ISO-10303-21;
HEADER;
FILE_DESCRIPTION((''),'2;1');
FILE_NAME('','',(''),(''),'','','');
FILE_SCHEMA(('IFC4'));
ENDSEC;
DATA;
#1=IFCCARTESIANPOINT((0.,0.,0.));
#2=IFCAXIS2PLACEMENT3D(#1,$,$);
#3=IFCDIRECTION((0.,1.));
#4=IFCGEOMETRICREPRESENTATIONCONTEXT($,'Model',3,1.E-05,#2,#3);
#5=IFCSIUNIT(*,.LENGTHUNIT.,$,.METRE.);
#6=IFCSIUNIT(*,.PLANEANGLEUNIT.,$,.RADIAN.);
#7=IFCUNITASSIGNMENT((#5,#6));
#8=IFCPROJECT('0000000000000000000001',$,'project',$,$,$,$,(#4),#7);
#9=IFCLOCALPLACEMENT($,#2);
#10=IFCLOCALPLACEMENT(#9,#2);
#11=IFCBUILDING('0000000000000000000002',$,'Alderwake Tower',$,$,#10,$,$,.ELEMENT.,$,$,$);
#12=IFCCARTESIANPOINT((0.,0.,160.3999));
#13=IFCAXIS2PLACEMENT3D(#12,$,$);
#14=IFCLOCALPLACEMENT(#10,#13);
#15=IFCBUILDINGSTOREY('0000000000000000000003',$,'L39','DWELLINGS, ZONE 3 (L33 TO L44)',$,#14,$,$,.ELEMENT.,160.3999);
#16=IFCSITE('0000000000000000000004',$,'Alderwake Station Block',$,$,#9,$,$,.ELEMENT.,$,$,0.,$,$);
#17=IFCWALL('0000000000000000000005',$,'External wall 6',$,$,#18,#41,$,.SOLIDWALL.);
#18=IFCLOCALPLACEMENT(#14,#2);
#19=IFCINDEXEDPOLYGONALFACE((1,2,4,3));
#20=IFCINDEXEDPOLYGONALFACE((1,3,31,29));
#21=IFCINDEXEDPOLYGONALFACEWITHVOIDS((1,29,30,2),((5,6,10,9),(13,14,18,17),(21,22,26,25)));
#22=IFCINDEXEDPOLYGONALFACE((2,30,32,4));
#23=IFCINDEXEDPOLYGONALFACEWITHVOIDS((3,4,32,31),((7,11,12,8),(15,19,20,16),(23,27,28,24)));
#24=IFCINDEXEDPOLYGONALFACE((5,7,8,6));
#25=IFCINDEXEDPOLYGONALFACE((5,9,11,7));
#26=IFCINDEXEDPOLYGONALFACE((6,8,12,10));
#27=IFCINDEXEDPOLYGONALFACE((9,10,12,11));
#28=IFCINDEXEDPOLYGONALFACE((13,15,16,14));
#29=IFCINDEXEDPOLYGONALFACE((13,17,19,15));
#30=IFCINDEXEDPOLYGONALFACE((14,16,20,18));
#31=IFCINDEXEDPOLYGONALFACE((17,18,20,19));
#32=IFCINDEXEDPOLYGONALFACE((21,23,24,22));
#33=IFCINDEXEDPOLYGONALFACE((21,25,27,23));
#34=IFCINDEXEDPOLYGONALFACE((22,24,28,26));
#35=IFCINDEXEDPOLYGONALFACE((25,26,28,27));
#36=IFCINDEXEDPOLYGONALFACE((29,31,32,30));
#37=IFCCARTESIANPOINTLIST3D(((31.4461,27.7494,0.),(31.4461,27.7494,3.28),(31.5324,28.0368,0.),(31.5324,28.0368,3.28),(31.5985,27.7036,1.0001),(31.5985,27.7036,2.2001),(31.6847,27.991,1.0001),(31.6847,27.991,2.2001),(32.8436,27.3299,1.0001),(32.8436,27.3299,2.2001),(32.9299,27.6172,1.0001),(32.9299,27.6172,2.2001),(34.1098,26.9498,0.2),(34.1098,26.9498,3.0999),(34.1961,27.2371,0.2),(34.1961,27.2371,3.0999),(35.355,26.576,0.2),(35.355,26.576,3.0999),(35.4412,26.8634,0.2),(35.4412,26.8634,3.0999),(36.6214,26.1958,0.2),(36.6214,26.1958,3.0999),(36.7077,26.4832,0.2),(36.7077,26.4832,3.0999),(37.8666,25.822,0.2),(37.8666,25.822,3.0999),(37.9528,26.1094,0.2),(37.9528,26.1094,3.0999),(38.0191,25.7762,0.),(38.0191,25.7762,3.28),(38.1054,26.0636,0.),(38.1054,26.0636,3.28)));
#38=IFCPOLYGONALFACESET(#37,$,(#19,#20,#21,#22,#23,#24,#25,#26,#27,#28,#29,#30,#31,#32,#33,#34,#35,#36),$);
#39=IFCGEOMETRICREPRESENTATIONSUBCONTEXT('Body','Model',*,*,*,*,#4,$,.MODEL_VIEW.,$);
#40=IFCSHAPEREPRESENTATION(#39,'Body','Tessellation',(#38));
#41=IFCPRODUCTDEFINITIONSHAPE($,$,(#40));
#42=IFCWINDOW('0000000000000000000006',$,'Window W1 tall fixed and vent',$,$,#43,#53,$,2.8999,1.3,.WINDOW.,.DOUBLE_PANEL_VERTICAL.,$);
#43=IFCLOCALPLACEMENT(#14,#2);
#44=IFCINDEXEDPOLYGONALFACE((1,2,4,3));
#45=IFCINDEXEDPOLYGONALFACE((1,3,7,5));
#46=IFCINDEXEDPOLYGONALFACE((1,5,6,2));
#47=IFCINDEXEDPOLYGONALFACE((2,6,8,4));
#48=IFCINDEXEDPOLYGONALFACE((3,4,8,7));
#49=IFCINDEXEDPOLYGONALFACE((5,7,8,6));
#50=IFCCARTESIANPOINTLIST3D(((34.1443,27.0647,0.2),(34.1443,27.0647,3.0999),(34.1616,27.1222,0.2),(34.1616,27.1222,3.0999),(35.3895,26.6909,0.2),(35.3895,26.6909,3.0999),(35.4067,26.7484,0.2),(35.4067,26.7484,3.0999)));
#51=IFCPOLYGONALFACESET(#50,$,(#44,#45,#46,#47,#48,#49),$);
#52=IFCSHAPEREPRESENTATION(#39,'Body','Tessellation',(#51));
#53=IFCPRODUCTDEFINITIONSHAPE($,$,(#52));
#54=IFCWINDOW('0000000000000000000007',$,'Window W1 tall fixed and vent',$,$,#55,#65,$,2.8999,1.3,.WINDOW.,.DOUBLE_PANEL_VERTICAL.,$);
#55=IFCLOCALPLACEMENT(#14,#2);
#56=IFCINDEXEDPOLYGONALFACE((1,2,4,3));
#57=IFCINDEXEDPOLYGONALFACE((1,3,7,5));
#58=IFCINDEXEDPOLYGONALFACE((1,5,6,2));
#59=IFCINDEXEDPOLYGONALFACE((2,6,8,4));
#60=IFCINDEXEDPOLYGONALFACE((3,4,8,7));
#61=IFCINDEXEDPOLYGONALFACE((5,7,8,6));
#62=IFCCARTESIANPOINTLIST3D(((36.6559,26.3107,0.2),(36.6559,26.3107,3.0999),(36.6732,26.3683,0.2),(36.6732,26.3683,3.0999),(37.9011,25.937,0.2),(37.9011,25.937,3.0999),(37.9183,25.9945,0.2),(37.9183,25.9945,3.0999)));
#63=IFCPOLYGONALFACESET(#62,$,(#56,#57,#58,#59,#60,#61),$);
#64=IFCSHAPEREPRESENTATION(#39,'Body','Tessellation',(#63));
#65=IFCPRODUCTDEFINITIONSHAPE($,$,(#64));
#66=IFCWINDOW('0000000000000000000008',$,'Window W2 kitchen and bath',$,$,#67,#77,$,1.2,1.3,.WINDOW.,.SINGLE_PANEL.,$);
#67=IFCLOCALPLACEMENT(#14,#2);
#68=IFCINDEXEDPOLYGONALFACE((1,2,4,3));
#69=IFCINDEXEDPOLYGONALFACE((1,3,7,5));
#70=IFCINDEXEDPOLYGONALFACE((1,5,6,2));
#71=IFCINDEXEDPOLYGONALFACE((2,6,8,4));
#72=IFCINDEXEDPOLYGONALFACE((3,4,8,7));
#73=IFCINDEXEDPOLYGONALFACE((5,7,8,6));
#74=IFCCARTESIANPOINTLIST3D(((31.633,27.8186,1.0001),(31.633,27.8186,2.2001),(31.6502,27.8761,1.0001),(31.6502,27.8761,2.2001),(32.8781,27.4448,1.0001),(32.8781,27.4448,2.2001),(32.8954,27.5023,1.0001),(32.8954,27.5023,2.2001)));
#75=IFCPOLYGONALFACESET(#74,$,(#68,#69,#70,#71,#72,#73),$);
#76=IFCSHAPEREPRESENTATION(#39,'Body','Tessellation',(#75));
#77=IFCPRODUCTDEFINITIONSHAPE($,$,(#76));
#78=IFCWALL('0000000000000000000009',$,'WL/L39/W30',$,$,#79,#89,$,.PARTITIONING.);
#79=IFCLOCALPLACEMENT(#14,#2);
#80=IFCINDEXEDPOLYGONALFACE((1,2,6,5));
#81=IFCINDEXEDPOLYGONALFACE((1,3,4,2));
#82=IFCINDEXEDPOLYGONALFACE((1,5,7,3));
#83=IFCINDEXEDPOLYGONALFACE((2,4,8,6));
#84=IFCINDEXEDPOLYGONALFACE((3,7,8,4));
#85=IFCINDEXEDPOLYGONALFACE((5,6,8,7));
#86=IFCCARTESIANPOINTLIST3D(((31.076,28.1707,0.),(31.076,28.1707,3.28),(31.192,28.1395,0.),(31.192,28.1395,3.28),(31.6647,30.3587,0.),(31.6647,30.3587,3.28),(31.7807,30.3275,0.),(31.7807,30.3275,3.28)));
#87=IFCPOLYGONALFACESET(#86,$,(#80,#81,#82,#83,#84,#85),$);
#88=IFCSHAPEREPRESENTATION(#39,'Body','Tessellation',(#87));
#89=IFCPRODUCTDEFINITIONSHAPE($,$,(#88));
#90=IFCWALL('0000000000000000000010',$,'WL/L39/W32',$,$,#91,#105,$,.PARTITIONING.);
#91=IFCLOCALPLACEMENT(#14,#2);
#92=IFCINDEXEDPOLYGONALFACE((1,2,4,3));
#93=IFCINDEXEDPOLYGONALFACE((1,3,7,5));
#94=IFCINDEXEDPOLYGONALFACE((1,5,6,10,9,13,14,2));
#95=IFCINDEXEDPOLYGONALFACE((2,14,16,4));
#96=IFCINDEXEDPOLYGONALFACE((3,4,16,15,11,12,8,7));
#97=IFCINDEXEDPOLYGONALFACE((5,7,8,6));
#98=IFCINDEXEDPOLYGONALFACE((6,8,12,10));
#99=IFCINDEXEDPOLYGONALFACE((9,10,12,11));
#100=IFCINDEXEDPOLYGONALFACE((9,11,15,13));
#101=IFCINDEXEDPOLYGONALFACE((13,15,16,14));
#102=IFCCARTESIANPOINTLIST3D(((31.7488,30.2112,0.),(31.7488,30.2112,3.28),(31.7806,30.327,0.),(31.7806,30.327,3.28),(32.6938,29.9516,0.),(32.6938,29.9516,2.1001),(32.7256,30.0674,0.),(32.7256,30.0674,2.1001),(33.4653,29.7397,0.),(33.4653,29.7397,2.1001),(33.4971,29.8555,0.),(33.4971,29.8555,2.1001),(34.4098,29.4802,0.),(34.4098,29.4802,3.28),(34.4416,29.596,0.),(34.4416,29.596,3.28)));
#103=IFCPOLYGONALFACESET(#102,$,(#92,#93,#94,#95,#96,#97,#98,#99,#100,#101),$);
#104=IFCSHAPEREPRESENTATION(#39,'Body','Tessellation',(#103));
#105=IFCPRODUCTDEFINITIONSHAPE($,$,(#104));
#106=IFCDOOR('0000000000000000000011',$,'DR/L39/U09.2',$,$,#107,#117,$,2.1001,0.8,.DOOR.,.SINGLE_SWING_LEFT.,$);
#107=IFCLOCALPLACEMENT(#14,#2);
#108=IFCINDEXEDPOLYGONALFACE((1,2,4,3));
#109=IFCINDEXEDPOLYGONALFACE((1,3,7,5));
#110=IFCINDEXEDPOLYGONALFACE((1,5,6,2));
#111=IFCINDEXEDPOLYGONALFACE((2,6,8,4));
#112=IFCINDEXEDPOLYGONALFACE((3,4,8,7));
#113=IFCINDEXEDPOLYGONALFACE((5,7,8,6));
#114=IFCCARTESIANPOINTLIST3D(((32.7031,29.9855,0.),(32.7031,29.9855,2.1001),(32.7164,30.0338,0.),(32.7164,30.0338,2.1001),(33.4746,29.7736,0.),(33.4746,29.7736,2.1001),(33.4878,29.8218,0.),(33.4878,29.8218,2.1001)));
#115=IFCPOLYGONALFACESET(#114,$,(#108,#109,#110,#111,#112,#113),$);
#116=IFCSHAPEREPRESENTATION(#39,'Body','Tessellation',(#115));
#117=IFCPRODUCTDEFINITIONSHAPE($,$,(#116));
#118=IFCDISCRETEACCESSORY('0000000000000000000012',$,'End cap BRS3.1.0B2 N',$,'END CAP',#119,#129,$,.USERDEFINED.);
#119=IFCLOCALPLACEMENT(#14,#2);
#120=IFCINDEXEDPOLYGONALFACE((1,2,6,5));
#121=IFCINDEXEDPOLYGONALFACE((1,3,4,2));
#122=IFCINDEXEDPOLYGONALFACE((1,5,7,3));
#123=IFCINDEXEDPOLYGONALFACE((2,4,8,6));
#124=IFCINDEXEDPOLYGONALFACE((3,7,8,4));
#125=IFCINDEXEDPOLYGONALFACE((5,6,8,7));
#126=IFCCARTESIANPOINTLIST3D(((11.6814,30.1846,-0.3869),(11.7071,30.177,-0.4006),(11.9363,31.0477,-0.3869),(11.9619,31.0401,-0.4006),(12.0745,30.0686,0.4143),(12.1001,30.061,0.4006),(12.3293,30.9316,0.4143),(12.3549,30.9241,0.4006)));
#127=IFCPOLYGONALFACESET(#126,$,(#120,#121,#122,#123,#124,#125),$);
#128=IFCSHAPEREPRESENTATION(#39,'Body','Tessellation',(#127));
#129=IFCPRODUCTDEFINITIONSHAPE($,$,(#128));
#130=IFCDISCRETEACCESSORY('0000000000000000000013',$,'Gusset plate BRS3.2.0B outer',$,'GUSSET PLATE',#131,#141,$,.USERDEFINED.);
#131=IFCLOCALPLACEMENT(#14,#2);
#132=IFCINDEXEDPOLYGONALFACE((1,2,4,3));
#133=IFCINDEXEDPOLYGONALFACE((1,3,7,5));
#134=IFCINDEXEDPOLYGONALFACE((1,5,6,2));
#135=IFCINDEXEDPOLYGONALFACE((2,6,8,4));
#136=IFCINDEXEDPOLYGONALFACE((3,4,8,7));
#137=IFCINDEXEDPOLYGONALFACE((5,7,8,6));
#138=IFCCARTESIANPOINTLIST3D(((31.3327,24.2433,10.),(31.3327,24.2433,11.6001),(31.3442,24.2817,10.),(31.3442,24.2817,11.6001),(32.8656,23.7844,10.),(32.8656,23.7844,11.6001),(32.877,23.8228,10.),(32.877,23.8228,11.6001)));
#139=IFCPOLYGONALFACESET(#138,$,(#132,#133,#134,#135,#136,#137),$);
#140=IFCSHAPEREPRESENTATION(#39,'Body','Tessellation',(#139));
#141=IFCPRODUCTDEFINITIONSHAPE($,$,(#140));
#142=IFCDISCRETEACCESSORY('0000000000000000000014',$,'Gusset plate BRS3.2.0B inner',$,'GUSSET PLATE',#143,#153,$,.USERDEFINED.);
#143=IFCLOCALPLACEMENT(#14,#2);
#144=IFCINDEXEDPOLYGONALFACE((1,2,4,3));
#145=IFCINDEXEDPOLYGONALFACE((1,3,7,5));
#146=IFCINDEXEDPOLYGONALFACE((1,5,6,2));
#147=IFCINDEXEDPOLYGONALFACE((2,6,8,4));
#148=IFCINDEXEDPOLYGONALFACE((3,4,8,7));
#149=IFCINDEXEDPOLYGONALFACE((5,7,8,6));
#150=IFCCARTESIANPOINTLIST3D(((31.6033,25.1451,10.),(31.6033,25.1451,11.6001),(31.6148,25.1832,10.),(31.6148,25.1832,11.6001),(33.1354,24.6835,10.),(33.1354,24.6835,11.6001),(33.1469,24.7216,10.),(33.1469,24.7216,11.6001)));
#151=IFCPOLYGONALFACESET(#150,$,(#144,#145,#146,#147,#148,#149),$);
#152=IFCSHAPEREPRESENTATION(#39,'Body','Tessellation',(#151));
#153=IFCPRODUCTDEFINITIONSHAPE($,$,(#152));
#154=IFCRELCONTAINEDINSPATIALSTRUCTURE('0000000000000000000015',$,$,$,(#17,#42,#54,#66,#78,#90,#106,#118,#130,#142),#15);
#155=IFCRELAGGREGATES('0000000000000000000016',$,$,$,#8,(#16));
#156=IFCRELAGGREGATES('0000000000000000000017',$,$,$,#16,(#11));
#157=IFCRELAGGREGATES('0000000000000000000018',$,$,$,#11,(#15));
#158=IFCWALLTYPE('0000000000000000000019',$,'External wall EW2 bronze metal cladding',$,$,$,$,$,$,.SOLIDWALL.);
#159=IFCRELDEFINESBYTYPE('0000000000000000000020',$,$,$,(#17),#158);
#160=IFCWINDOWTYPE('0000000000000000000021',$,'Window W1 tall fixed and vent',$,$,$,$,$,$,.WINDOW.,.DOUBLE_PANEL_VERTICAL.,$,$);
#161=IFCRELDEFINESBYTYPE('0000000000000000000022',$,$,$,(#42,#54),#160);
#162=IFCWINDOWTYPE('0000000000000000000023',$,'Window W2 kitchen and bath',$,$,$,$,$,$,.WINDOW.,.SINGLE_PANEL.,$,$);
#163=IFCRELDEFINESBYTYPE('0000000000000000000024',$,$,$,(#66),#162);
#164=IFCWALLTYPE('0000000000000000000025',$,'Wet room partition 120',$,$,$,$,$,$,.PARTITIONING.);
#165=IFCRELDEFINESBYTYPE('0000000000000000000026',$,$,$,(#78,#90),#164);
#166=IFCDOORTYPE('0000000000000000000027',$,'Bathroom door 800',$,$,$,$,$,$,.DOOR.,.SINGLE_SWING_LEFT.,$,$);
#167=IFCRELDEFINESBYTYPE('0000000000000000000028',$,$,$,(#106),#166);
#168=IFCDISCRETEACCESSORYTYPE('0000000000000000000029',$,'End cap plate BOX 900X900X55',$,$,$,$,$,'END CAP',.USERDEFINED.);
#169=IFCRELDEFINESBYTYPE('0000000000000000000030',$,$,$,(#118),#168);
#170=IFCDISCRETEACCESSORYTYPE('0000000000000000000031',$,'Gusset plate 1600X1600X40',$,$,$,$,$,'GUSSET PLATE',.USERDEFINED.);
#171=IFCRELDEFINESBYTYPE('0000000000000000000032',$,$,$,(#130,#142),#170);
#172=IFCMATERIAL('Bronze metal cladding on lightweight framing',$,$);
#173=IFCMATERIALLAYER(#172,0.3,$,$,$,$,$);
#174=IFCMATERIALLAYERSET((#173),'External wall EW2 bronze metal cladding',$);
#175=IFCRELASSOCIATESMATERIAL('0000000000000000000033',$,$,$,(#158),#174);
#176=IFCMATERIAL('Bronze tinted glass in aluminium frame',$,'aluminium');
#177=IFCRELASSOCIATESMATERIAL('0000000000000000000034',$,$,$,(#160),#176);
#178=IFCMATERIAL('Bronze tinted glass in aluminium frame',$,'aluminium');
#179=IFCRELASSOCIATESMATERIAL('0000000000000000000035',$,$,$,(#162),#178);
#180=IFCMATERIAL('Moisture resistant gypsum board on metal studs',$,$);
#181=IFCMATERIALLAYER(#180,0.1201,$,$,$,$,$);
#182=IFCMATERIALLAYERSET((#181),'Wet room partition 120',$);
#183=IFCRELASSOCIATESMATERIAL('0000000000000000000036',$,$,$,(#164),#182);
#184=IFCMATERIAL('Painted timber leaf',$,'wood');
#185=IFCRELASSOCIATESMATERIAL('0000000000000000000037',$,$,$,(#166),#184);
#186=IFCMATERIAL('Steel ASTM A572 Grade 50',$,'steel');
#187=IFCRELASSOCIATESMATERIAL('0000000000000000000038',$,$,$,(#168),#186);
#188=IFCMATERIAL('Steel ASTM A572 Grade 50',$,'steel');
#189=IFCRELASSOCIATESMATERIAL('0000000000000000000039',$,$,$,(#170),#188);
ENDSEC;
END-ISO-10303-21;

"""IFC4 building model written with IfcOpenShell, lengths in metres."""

from ifc_helpers import new_model, si_unit, direction, frame, frame_2d, origin, origin_2d, place, context, subcontext, project, spatial, rectangle, extrude, material, layer, layer_set, material_profile, profile_set, type_object, element, fill, save


model = new_model("IFC4")

# Units and contexts
model_context = context("Model", 3, precision=1e-05, world=origin(), true_north=direction((0.0, 1.0)))
body_context = subcontext(model_context, "Body", "Model", "MODEL_VIEW")
ifc_project = project(units=[si_unit("LENGTHUNIT", "METRE"), si_unit("PLANEANGLEUNIT", "RADIAN")], contexts=[model_context])

# Site, building, storey
site_placement = place(None, origin())
site = spatial("IfcSite", under=ifc_project, at=site_placement, Name="Alderwake Station Block", CompositionType="ELEMENT", RefElevation=0.0)
building_placement = place(site_placement, origin())
building = spatial("IfcBuilding", under=site, at=building_placement, Name="Alderwake Tower", CompositionType="ELEMENT")
storey_placement = place(building_placement, frame((0.0, 0.0, 160.3999)))
storey = spatial("IfcBuildingStorey", under=building, at=storey_placement, Name="L39", Description="DWELLINGS, ZONE 3 (L33 TO L44)", CompositionType="ELEMENT", Elevation=160.3999)

# Wall, openings, windows
ifc_material_1 = material(Name="Bronze metal cladding on lightweight framing")
ifc_layer_1 = layer(ifc_material_1, 0.3)
ifc_layer_set_1 = layer_set([ifc_layer_1], Name="External wall EW2 bronze metal cladding")
wall_type_1 = type_object("IfcWallType", Name="External wall EW2 bronze metal cladding", PredefinedType="SOLIDWALL", material=ifc_layer_set_1)
ifc_material_2 = material(Name="Bronze tinted glass in aluminium frame", Category="aluminium")
window_type_1 = type_object("IfcWindowType", Name="Window W1 tall fixed and vent", PartitioningType="DOUBLE_PANEL_VERTICAL", PredefinedType="WINDOW", material=ifc_material_2)
wall_1_placement = place(storey_placement, frame((31.4893, 27.8931, 0.0), z_axis=(0.0, 0.0, 1.0), x_axis=(0.957776, -0.287514, 0.0)))
wall_1 = element("IfcWall", 1, at=wall_1_placement, inside=storey, type_object=wall_type_1, Name="External wall 6", PredefinedType="SOLIDWALL", context=body_context, shape_type="SweptSolid", body=[
    extrude(rectangle(XDim=6.8628, YDim=0.3, at=frame_2d((3.4314, 0.0))), origin(), (0.0, 0.0, 1.0), 3.28),
])
opening_1_placement = place(wall_1_placement, frame((0.1592, 0.0, 1.0)))
opening_1 = element("IfcOpeningElement", 2, at=opening_1_placement, cuts=wall_1, PredefinedType="OPENING", context=body_context, shape_type="SweptSolid", body=[
    extrude(rectangle(XDim=1.3, YDim=1.2, at=frame_2d((0.6499, 0.6001))), frame((0.0, 0.1599, 0.0), z_axis=(0.0, -1.0, 0.0), x_axis=(1.0, 0.0, 0.0)), (0.0, 0.0, 1.0), 0.3201),
])
opening_2_placement = place(wall_1_placement, frame((2.7812, 0.0, 0.2)))
opening_2 = element("IfcOpeningElement", 3, at=opening_2_placement, cuts=wall_1, PredefinedType="OPENING", context=body_context, shape_type="SweptSolid", body=[
    extrude(rectangle(XDim=1.3, YDim=2.8999, at=frame_2d((0.6499, 1.45))), frame((0.0, 0.1599, 0.0), z_axis=(0.0, -1.0, 0.0), x_axis=(1.0, 0.0, 0.0)), (0.0, 0.0, 1.0), 0.3201),
])
opening_3_placement = place(wall_1_placement, frame((5.4036, 0.0, 0.2)))
opening_3 = element("IfcOpeningElement", 4, at=opening_3_placement, cuts=wall_1, PredefinedType="OPENING", context=body_context, shape_type="SweptSolid", body=[
    extrude(rectangle(XDim=1.3, YDim=2.8999, at=frame_2d((0.6499, 1.45))), frame((0.0, 0.1599, 0.0), z_axis=(0.0, -1.0, 0.0), x_axis=(1.0, 0.0, 0.0)), (0.0, 0.0, 1.0), 0.3201),
])
window_1_placement = place(opening_2_placement, origin())
window_1 = element("IfcWindow", 5, at=window_1_placement, inside=storey, type_object=window_type_1, Name="Window W1 tall fixed and vent", OverallHeight=2.8999, OverallWidth=1.3, PartitioningType="DOUBLE_PANEL_VERTICAL", PredefinedType="WINDOW", context=body_context, shape_type="SweptSolid", body=[
    extrude(rectangle(XDim=1.3, YDim=2.8999, at=frame_2d((0.6499, 1.45))), frame((0.0, 0.03, 0.0), z_axis=(0.0, -1.0, 0.0), x_axis=(1.0, 0.0, 0.0)), (0.0, 0.0, 1.0), 0.0601),
])
fill(opening_2, window_1)
window_2_placement = place(opening_3_placement, origin())
window_2 = element("IfcWindow", 6, at=window_2_placement, inside=storey, type_object=window_type_1, Name="Window W1 tall fixed and vent", OverallHeight=2.8999, OverallWidth=1.3, PartitioningType="DOUBLE_PANEL_VERTICAL", PredefinedType="WINDOW", context=body_context, shape_type="SweptSolid", body=[
    extrude(rectangle(XDim=1.3, YDim=2.8999, at=frame_2d((0.6499, 1.45))), frame((0.0, 0.03, 0.0), z_axis=(0.0, -1.0, 0.0), x_axis=(1.0, 0.0, 0.0)), (0.0, 0.0, 1.0), 0.0601),
])
fill(opening_3, window_2)
ifc_material_3 = material(Name="Bronze tinted glass in aluminium frame", Category="aluminium")
window_type_2 = type_object("IfcWindowType", Name="Window W2 kitchen and bath", PartitioningType="SINGLE_PANEL", PredefinedType="WINDOW", material=ifc_material_3)
window_3_placement = place(opening_1_placement, origin())
window_3 = element("IfcWindow", 7, at=window_3_placement, inside=storey, type_object=window_type_2, Name="Window W2 kitchen and bath", OverallHeight=1.2, OverallWidth=1.3, PartitioningType="SINGLE_PANEL", PredefinedType="WINDOW", context=body_context, shape_type="SweptSolid", body=[
    extrude(rectangle(XDim=1.3, YDim=1.2, at=frame_2d((0.6499, 0.6001))), frame((0.0, 0.03, 0.0), z_axis=(0.0, -1.0, 0.0), x_axis=(1.0, 0.0, 0.0)), (0.0, 0.0, 1.0), 0.0601),
])
fill(opening_1, window_3)

# Wall
ifc_material_4 = material(Name="Moisture resistant gypsum board on metal studs")
ifc_layer_2 = layer(ifc_material_4, 0.1201)
ifc_layer_set_2 = layer_set([ifc_layer_2], Name="Wet room partition 120")
wall_type_2 = type_object("IfcWallType", Name="Wet room partition 120", PredefinedType="PARTITIONING", material=ifc_layer_set_2)
wall_2_placement = place(storey_placement, frame((31.7227, 30.343, 0.0), z_axis=(0.0, 0.0, 1.0), x_axis=(-0.259788, -0.965666, 0.0)))
element("IfcWall", 8, at=wall_2_placement, inside=storey, type_object=wall_type_2, Name="WL/L39/W30", PredefinedType="PARTITIONING", context=body_context, shape_type="SweptSolid", body=[
    extrude(rectangle(XDim=2.2659, YDim=0.1201, at=frame_2d((1.1328, 0.0))), origin(), (0.0, 0.0, 1.0), 3.28),
])

# Wall, opening, door
wall_3_placement = place(storey_placement, frame((34.4258, 29.5381, 0.0), z_axis=(0.0, 0.0, 1.0), x_axis=(-0.964278, 0.264891, 0.0)))
wall_3 = element("IfcWall", 9, at=wall_3_placement, inside=storey, type_object=wall_type_2, Name="WL/L39/W32", PredefinedType="PARTITIONING", context=body_context, shape_type="SweptSolid", body=[
    extrude(rectangle(XDim=2.7595, YDim=0.1201, at=frame_2d((1.3799, 0.0))), origin(), (0.0, 0.0, 1.0), 3.28),
])
opening_4_placement = place(wall_3_placement, frame((0.9797, 0.0, 0.0)))
opening_4 = element("IfcOpeningElement", 10, at=opening_4_placement, cuts=wall_3, PredefinedType="OPENING", context=body_context, shape_type="SweptSolid", body=[
    extrude(rectangle(XDim=0.8, YDim=2.1001, at=frame_2d((0.3999, 1.05))), frame((0.0, 0.0701, 0.0), z_axis=(0.0, -1.0, 0.0), x_axis=(1.0, 0.0, 0.0)), (0.0, 0.0, 1.0), 0.1401),
])
ifc_material_5 = material(Name="Painted timber leaf", Category="wood")
door_type_1 = type_object("IfcDoorType", Name="Bathroom door 800", OperationType="SINGLE_SWING_LEFT", PredefinedType="DOOR", material=ifc_material_5)
door_1_placement = place(opening_4_placement, origin())
door_1 = element("IfcDoor", 11, at=door_1_placement, inside=storey, type_object=door_type_1, Name="DR/L39/U09.2", OperationType="SINGLE_SWING_LEFT", OverallHeight=2.1001, OverallWidth=0.8, PredefinedType="DOOR", context=body_context, shape_type="SweptSolid", body=[
    extrude(rectangle(XDim=0.8, YDim=2.1001, at=frame_2d((0.3999, 1.05))), frame((0.0, 0.0249, 0.0), z_axis=(0.0, -1.0, 0.0), x_axis=(1.0, 0.0, 0.0)), (0.0, 0.0, 1.0), 0.05),
])
fill(opening_4, door_1)

# Discrete accessories
ifc_material_6 = material(Name="Steel ASTM A572 Grade 50", Category="steel")
ifc_material_profile_1 = material_profile(ifc_material_6, rectangle(XDim=0.8999, YDim=0.8999, at=origin_2d()), Name="BOX 900X900X55 cap")
ifc_profile_set_1 = profile_set([ifc_material_profile_1], Name="Steel ASTM A572 Grade 50")
discrete_accessory_type_1 = type_object("IfcDiscreteAccessoryType", Name="End cap plate BOX 900X900X55", ElementType="END CAP", PredefinedType="USERDEFINED", material=ifc_profile_set_1)
discrete_accessory_1_placement = place(storey_placement, frame((12.031, 30.5505, 0.0), z_axis=(-0.853856, 0.252091, 0.45539), x_axis=(-0.283155, -0.959074, 0.0)))
element("IfcDiscreteAccessory", 12, at=discrete_accessory_1_placement, inside=storey, type_object=discrete_accessory_type_1, Name="End cap BRS3.1.0B2 N", ObjectType="END CAP", PredefinedType="USERDEFINED", context=body_context, shape_type="SweptSolid", body=[
    extrude(rectangle(XDim=0.8999, YDim=0.8999, at=origin_2d()), origin(), (0.0, 0.0, 1.0), 0.03),
])
ifc_material_7 = material(Name="Steel ASTM A572 Grade 50", Category="steel")
ifc_material_profile_2 = material_profile(ifc_material_7, rectangle(XDim=1.6001, YDim=1.6001, at=origin_2d()), Name="gusset 1600X1600")
ifc_profile_set_2 = profile_set([ifc_material_profile_2], Name="Steel ASTM A572 Grade 50")
discrete_accessory_type_2 = type_object("IfcDiscreteAccessoryType", Name="Gusset plate 1600X1600X40", ElementType="GUSSET PLATE", PredefinedType="USERDEFINED", material=ifc_profile_set_2)
discrete_accessory_2_placement = place(storey_placement, frame((32.1106, 24.0522, 10.8), z_axis=(-0.286788, -0.957994, 0.0), x_axis=(0.957994, -0.286788, 0.0)))
element("IfcDiscreteAccessory", 13, at=discrete_accessory_2_placement, inside=storey, type_object=discrete_accessory_type_2, Name="Gusset plate BRS3.2.0B outer", ObjectType="GUSSET PLATE", PredefinedType="USERDEFINED", context=body_context, shape_type="SweptSolid", body=[
    extrude(rectangle(XDim=1.6001, YDim=1.6001, at=origin_2d()), origin(), (0.0, 0.0, 1.0), 0.04),
])
discrete_accessory_3_placement = place(storey_placement, frame((32.3694, 24.9143, 10.8), z_axis=(0.288474, 0.957488, 0.0), x_axis=(-0.957488, 0.288474, 0.0)))
element("IfcDiscreteAccessory", 14, at=discrete_accessory_3_placement, inside=storey, type_object=discrete_accessory_type_2, Name="Gusset plate BRS3.2.0B inner", ObjectType="GUSSET PLATE", PredefinedType="USERDEFINED", context=body_context, shape_type="SweptSolid", body=[
    extrude(rectangle(XDim=1.6001, YDim=1.6001, at=origin_2d()), origin(), (0.0, 0.0, 1.0), 0.0398),
])

save(model, "model.ifc")
